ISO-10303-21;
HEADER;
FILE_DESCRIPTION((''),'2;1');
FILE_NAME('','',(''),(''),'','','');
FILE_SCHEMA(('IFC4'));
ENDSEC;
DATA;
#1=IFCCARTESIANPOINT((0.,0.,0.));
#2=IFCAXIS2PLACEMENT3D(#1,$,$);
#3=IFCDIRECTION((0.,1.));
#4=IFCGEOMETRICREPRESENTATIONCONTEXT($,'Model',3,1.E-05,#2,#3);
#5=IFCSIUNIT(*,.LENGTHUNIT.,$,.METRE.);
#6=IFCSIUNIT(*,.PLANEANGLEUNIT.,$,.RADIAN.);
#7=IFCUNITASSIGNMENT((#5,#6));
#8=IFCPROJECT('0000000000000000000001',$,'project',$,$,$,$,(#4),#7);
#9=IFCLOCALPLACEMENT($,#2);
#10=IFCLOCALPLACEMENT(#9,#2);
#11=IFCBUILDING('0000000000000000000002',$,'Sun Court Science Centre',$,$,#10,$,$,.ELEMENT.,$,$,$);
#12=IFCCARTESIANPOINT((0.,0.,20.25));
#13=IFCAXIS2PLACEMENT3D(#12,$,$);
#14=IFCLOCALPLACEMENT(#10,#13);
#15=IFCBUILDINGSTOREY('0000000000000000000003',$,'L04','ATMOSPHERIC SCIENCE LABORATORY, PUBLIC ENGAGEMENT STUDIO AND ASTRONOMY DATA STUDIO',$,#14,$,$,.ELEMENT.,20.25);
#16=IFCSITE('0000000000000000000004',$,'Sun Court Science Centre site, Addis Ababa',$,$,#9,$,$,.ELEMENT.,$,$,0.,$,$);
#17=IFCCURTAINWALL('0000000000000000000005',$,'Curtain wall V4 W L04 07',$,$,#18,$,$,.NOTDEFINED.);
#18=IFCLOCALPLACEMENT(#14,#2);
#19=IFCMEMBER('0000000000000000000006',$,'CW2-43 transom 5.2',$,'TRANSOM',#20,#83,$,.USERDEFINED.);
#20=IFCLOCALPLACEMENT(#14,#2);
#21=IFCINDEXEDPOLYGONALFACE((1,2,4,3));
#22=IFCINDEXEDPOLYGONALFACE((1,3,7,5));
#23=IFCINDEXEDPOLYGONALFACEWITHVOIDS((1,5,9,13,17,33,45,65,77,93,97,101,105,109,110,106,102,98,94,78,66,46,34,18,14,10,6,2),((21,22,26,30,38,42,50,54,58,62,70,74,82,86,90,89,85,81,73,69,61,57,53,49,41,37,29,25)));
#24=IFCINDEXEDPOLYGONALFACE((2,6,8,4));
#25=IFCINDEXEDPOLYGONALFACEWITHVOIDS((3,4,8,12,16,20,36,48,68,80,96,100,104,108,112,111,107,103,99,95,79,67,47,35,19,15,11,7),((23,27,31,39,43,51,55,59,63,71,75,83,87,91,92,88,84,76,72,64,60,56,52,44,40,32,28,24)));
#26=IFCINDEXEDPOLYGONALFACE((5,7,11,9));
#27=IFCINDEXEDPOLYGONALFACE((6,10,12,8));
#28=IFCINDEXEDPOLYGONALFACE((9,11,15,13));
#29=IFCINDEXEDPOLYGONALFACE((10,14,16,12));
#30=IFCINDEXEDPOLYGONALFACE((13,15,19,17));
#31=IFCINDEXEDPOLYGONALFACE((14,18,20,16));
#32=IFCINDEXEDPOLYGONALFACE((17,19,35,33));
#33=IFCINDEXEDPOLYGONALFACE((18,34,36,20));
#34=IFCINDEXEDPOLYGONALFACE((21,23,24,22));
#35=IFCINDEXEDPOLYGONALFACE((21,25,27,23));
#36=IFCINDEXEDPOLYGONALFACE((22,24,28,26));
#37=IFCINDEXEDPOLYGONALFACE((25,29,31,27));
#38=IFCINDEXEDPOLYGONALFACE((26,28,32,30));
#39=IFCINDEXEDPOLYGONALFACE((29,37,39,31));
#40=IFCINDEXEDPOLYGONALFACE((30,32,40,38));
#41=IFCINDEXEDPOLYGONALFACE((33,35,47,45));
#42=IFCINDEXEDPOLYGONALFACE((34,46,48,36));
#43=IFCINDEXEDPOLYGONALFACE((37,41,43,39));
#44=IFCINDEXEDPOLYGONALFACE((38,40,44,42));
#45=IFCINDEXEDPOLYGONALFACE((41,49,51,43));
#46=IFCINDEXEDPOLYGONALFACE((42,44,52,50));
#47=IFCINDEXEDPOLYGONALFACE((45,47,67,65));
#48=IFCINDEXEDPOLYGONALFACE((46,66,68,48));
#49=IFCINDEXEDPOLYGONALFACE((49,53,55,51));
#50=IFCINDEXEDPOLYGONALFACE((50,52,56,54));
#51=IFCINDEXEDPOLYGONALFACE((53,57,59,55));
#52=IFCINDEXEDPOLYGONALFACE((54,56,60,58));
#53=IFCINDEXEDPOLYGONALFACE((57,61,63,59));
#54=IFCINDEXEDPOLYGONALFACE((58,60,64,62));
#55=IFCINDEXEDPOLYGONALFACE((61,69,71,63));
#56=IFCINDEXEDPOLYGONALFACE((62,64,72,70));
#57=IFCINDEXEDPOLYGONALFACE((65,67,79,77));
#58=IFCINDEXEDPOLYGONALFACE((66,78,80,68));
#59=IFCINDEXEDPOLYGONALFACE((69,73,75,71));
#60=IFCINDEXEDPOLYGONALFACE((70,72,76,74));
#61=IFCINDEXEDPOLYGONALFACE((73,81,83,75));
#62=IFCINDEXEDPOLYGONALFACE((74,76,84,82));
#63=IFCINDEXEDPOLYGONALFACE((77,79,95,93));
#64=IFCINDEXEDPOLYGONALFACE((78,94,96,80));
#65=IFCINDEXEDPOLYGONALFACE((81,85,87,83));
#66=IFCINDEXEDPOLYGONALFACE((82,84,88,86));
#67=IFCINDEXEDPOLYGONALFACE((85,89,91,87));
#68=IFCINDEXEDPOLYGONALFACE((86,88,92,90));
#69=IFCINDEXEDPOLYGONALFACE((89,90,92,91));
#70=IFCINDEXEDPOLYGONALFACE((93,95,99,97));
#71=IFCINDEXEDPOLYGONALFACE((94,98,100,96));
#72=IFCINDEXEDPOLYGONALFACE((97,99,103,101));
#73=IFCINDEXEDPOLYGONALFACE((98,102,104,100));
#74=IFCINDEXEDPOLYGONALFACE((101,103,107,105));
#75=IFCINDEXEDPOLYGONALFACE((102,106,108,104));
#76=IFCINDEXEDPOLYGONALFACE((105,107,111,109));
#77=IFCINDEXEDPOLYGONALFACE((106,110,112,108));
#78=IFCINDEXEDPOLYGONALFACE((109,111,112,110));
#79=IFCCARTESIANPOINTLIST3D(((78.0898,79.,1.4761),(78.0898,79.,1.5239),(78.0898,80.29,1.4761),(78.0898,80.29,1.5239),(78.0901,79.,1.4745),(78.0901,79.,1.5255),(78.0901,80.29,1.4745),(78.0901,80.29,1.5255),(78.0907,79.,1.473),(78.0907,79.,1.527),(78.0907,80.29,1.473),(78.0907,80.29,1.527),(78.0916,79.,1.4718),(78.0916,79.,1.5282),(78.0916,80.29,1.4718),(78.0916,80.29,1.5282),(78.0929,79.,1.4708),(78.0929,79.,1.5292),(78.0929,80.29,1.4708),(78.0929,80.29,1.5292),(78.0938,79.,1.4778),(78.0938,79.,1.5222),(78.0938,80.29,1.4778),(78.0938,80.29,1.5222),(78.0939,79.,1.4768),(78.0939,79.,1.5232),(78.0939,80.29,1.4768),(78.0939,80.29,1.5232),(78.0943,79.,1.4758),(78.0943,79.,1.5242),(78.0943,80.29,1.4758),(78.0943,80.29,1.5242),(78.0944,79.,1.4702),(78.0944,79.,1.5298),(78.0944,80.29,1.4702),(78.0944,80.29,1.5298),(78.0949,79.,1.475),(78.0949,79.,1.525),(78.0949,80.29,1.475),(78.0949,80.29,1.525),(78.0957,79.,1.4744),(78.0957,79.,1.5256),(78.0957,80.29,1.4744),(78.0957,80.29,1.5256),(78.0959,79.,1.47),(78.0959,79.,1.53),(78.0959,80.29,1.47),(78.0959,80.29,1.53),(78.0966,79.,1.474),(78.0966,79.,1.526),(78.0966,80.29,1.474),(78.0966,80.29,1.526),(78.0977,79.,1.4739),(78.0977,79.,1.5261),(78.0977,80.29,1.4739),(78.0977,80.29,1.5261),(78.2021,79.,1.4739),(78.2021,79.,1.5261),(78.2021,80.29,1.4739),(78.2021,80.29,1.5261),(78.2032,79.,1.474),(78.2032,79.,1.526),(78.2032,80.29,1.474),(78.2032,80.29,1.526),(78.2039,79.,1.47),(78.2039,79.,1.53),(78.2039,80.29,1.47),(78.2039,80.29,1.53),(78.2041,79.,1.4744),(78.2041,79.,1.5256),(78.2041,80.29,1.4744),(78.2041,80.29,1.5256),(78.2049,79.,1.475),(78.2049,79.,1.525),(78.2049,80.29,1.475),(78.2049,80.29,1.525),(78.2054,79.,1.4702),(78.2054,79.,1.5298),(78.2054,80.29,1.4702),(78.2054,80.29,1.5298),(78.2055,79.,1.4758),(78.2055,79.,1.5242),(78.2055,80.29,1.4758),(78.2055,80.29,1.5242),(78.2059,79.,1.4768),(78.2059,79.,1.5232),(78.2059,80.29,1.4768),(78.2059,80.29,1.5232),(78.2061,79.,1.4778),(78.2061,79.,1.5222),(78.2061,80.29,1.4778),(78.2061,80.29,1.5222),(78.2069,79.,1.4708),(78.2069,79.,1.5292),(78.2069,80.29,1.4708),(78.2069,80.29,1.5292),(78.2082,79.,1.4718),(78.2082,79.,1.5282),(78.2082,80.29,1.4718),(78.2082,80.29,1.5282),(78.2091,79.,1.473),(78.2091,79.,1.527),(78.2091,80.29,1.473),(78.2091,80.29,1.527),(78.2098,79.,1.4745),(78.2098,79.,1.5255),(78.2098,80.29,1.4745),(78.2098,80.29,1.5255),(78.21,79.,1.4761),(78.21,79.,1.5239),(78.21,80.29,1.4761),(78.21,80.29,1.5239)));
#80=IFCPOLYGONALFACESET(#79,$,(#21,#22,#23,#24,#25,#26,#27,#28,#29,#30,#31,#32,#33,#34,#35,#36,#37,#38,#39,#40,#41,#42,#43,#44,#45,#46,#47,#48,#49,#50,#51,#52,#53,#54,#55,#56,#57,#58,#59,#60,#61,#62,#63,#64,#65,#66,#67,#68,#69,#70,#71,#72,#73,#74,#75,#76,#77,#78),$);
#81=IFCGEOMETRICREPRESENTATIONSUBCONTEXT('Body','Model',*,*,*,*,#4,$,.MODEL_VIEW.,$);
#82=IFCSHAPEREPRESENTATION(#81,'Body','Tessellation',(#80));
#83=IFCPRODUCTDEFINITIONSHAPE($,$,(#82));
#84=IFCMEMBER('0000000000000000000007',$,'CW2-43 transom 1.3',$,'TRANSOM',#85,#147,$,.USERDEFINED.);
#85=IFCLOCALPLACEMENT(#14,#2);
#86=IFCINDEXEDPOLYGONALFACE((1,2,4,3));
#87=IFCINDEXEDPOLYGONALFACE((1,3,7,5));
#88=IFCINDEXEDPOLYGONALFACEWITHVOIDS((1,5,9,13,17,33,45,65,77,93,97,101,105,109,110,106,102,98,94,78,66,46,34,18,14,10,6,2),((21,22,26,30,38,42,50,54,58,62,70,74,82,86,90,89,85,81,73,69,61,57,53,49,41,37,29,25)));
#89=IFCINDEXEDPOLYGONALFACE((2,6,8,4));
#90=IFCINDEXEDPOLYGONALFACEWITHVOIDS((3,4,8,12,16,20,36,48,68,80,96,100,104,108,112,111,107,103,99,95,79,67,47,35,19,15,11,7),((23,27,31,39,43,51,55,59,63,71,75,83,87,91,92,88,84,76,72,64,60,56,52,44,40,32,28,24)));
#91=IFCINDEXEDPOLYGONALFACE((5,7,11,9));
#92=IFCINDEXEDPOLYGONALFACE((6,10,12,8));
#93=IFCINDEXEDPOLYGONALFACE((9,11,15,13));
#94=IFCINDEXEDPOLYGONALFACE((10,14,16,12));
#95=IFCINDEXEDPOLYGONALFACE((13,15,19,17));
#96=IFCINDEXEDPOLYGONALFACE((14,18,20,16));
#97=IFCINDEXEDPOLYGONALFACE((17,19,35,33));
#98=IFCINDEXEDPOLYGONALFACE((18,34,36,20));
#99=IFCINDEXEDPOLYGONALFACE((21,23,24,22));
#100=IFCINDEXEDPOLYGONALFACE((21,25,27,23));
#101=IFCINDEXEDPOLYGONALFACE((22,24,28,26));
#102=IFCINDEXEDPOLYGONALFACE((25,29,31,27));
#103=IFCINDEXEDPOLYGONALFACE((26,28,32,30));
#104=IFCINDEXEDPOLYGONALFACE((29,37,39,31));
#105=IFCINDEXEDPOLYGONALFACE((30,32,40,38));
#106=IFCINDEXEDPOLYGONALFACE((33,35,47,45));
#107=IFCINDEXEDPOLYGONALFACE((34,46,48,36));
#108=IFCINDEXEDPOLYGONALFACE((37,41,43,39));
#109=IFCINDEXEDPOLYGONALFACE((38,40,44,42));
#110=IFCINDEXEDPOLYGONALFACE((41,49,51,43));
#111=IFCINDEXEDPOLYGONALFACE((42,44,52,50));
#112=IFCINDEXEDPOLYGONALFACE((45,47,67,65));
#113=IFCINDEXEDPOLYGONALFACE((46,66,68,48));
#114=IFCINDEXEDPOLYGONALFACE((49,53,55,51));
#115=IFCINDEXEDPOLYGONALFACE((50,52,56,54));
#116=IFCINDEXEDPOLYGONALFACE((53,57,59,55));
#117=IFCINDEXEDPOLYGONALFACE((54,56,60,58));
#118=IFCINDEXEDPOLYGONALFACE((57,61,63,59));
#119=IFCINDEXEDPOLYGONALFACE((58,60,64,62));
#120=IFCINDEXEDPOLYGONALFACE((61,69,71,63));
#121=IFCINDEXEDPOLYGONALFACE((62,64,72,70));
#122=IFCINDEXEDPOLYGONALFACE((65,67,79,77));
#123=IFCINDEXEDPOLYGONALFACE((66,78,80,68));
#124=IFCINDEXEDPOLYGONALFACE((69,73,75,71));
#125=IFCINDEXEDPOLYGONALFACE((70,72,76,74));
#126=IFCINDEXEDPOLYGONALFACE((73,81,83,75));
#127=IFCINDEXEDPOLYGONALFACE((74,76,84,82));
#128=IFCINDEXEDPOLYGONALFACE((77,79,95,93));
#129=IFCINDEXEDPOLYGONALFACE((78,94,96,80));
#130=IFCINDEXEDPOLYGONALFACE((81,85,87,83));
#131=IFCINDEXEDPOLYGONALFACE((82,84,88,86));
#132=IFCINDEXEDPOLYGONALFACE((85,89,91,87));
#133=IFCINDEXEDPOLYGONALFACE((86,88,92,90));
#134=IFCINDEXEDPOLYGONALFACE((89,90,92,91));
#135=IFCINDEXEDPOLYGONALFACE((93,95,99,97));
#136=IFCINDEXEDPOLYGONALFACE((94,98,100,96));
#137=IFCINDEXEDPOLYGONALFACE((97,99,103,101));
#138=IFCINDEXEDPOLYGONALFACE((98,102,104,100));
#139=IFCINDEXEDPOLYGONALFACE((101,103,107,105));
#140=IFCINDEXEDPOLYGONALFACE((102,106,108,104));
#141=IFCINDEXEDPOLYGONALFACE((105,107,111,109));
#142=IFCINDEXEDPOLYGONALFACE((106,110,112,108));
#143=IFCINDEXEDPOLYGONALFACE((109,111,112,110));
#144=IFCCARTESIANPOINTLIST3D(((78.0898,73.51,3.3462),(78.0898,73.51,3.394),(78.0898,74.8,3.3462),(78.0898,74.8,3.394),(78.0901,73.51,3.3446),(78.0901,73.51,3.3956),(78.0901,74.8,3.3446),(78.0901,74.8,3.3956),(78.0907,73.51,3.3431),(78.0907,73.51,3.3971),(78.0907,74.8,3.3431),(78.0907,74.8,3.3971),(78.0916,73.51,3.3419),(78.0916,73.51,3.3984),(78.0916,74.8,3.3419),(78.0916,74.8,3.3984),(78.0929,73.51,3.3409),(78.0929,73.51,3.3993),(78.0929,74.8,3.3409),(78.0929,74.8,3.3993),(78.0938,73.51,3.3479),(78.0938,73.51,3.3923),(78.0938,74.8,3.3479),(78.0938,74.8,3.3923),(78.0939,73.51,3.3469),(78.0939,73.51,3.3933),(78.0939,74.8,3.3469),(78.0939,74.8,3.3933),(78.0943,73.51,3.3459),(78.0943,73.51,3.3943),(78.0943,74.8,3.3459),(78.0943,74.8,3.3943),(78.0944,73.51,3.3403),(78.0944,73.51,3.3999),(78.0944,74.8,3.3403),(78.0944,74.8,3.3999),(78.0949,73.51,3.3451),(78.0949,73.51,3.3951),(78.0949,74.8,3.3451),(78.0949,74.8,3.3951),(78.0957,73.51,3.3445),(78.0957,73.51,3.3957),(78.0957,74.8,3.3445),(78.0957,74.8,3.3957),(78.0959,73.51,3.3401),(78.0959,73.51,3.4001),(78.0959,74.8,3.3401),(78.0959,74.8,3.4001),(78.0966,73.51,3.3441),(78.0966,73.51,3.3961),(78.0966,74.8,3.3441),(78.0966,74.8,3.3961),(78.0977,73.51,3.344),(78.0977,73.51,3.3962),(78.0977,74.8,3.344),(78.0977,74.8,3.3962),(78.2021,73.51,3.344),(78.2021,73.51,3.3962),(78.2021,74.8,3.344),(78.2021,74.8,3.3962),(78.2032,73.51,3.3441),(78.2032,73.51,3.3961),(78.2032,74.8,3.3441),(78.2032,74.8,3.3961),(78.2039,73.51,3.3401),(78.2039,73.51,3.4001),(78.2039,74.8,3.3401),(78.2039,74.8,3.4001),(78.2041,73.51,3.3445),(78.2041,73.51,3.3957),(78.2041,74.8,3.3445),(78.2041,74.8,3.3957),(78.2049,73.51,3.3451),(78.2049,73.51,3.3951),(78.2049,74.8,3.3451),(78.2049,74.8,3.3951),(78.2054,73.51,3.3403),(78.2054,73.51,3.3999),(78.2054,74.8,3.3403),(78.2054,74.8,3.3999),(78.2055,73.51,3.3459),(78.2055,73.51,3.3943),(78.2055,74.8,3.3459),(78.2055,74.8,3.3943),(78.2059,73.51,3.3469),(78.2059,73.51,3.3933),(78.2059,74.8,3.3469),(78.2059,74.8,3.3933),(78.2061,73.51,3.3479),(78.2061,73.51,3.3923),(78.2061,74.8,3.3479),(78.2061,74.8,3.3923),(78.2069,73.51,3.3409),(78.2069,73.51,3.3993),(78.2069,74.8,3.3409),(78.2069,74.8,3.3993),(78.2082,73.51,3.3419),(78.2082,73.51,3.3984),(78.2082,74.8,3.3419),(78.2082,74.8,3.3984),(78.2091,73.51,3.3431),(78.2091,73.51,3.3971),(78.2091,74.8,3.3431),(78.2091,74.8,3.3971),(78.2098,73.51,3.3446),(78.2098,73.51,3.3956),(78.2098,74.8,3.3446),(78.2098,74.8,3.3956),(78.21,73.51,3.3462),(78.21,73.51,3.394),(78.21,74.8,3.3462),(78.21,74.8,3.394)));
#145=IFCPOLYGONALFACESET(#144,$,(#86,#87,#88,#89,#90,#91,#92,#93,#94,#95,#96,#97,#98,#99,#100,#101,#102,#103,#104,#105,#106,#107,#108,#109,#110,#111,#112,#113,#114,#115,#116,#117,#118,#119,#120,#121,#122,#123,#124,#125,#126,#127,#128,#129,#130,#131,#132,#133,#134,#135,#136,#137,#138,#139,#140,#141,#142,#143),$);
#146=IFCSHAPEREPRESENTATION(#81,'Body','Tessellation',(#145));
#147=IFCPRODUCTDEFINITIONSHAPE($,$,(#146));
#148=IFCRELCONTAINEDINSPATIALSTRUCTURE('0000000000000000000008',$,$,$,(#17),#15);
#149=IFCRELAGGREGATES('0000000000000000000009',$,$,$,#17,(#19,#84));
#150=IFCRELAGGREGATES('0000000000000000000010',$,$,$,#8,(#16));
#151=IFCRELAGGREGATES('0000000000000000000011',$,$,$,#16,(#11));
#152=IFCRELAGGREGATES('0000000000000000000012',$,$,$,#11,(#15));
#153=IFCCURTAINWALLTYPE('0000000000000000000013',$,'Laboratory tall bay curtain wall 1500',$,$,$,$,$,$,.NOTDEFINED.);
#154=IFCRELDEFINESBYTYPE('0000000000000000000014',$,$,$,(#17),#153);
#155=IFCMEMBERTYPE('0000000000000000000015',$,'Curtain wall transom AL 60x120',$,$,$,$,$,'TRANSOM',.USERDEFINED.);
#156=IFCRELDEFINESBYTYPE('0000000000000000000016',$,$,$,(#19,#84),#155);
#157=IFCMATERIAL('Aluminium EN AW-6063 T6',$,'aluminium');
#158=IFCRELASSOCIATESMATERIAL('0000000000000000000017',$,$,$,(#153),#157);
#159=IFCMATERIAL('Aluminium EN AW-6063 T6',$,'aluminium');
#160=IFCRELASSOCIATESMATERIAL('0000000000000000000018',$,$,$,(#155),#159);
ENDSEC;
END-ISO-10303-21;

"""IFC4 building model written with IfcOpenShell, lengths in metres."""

from ifc_helpers import new_model, si_unit, direction, frame, origin, origin_2d, place, context, subcontext, project, spatial, hollow_rectangle, extrude, material, material_profile, profile_set, type_object, element, aggregate, save


model = new_model("IFC4")

# Units and contexts
model_context = context("Model", 3, precision=1e-05, world=origin(), true_north=direction((0.0, 1.0)))
body_context = subcontext(model_context, "Body", "Model", "MODEL_VIEW")
ifc_project = project(units=[si_unit("LENGTHUNIT", "METRE"), si_unit("PLANEANGLEUNIT", "RADIAN")], contexts=[model_context])

# Site, building, storey
site_placement = place(None, origin())
site = spatial("IfcSite", under=ifc_project, at=site_placement, Name="Sun Court Science Centre site, Addis Ababa", CompositionType="ELEMENT", RefElevation=0.0)
building_placement = place(site_placement, origin())
building = spatial("IfcBuilding", under=site, at=building_placement, Name="Sun Court Science Centre", CompositionType="ELEMENT")
storey_placement = place(building_placement, frame((0.0, 0.0, 20.25)))
storey = spatial("IfcBuildingStorey", under=building, at=storey_placement, Name="L04", Description="ATMOSPHERIC SCIENCE LABORATORY, PUBLIC ENGAGEMENT STUDIO AND ASTRONOMY DATA STUDIO", CompositionType="ELEMENT", Elevation=20.25)

# Curtain wall
ifc_material_1 = material(Name="Aluminium EN AW-6063 T6", Category="aluminium")
curtain_wall_type = type_object("IfcCurtainWallType", Name="Laboratory tall bay curtain wall 1500", PredefinedType="NOTDEFINED", material=ifc_material_1)
curtain_wall_1_placement = place(storey_placement, origin())
curtain_wall_1 = element("IfcCurtainWall", 1, at=curtain_wall_1_placement, inside=storey, type_object=curtain_wall_type, Name="Curtain wall V4 W L04 07", PredefinedType="NOTDEFINED")

# Members
ifc_material_2 = material(Name="Aluminium EN AW-6063 T6", Category="aluminium")
ifc_material_profile_1 = material_profile(ifc_material_2, hollow_rectangle(XDim=0.0601, YDim=0.1201, WallThickness=0.0039, InnerFilletRadius=0.0039, OuterFilletRadius=0.0061, at=origin_2d()), Name="AL 60x120x4")
ifc_profile_set_1 = profile_set([ifc_material_profile_1], Name="Aluminium EN AW-6063 T6")
member_type_1 = type_object("IfcMemberType", Name="Curtain wall transom AL 60x120", ElementType="TRANSOM", PredefinedType="USERDEFINED", material=ifc_profile_set_1)
member_1_placement = place(storey_placement, frame((78.1499, 79.0, 1.5), z_axis=(0.0, 1.0, 0.0), x_axis=(0.0, 0.0, 1.0)))
member_1 = element("IfcMember", 2, at=member_1_placement, type_object=member_type_1, Name="CW2-43 transom 5.2", ObjectType="TRANSOM", PredefinedType="USERDEFINED", context=body_context, shape_type="SweptSolid", body=[
    extrude(hollow_rectangle(XDim=0.0601, YDim=0.1201, WallThickness=0.0039, InnerFilletRadius=0.0039, OuterFilletRadius=0.0061, at=origin_2d()), origin(), (0.0, 0.0, 1.0), 1.29),
])
member_2_placement = place(storey_placement, frame((78.1499, 73.51, 3.3701), z_axis=(0.0, 1.0, 0.0), x_axis=(0.0, 0.0, 1.0)))
member_2 = element("IfcMember", 3, at=member_2_placement, type_object=member_type_1, Name="CW2-43 transom 1.3", ObjectType="TRANSOM", PredefinedType="USERDEFINED", context=body_context, shape_type="SweptSolid", body=[
    extrude(hollow_rectangle(XDim=0.0601, YDim=0.1201, WallThickness=0.0039, InnerFilletRadius=0.0039, OuterFilletRadius=0.0061, at=origin_2d()), origin(), (0.0, 0.0, 1.0), 1.29),
])

aggregate(curtain_wall_1, [member_1, member_2])

save(model, "model.ifc")
